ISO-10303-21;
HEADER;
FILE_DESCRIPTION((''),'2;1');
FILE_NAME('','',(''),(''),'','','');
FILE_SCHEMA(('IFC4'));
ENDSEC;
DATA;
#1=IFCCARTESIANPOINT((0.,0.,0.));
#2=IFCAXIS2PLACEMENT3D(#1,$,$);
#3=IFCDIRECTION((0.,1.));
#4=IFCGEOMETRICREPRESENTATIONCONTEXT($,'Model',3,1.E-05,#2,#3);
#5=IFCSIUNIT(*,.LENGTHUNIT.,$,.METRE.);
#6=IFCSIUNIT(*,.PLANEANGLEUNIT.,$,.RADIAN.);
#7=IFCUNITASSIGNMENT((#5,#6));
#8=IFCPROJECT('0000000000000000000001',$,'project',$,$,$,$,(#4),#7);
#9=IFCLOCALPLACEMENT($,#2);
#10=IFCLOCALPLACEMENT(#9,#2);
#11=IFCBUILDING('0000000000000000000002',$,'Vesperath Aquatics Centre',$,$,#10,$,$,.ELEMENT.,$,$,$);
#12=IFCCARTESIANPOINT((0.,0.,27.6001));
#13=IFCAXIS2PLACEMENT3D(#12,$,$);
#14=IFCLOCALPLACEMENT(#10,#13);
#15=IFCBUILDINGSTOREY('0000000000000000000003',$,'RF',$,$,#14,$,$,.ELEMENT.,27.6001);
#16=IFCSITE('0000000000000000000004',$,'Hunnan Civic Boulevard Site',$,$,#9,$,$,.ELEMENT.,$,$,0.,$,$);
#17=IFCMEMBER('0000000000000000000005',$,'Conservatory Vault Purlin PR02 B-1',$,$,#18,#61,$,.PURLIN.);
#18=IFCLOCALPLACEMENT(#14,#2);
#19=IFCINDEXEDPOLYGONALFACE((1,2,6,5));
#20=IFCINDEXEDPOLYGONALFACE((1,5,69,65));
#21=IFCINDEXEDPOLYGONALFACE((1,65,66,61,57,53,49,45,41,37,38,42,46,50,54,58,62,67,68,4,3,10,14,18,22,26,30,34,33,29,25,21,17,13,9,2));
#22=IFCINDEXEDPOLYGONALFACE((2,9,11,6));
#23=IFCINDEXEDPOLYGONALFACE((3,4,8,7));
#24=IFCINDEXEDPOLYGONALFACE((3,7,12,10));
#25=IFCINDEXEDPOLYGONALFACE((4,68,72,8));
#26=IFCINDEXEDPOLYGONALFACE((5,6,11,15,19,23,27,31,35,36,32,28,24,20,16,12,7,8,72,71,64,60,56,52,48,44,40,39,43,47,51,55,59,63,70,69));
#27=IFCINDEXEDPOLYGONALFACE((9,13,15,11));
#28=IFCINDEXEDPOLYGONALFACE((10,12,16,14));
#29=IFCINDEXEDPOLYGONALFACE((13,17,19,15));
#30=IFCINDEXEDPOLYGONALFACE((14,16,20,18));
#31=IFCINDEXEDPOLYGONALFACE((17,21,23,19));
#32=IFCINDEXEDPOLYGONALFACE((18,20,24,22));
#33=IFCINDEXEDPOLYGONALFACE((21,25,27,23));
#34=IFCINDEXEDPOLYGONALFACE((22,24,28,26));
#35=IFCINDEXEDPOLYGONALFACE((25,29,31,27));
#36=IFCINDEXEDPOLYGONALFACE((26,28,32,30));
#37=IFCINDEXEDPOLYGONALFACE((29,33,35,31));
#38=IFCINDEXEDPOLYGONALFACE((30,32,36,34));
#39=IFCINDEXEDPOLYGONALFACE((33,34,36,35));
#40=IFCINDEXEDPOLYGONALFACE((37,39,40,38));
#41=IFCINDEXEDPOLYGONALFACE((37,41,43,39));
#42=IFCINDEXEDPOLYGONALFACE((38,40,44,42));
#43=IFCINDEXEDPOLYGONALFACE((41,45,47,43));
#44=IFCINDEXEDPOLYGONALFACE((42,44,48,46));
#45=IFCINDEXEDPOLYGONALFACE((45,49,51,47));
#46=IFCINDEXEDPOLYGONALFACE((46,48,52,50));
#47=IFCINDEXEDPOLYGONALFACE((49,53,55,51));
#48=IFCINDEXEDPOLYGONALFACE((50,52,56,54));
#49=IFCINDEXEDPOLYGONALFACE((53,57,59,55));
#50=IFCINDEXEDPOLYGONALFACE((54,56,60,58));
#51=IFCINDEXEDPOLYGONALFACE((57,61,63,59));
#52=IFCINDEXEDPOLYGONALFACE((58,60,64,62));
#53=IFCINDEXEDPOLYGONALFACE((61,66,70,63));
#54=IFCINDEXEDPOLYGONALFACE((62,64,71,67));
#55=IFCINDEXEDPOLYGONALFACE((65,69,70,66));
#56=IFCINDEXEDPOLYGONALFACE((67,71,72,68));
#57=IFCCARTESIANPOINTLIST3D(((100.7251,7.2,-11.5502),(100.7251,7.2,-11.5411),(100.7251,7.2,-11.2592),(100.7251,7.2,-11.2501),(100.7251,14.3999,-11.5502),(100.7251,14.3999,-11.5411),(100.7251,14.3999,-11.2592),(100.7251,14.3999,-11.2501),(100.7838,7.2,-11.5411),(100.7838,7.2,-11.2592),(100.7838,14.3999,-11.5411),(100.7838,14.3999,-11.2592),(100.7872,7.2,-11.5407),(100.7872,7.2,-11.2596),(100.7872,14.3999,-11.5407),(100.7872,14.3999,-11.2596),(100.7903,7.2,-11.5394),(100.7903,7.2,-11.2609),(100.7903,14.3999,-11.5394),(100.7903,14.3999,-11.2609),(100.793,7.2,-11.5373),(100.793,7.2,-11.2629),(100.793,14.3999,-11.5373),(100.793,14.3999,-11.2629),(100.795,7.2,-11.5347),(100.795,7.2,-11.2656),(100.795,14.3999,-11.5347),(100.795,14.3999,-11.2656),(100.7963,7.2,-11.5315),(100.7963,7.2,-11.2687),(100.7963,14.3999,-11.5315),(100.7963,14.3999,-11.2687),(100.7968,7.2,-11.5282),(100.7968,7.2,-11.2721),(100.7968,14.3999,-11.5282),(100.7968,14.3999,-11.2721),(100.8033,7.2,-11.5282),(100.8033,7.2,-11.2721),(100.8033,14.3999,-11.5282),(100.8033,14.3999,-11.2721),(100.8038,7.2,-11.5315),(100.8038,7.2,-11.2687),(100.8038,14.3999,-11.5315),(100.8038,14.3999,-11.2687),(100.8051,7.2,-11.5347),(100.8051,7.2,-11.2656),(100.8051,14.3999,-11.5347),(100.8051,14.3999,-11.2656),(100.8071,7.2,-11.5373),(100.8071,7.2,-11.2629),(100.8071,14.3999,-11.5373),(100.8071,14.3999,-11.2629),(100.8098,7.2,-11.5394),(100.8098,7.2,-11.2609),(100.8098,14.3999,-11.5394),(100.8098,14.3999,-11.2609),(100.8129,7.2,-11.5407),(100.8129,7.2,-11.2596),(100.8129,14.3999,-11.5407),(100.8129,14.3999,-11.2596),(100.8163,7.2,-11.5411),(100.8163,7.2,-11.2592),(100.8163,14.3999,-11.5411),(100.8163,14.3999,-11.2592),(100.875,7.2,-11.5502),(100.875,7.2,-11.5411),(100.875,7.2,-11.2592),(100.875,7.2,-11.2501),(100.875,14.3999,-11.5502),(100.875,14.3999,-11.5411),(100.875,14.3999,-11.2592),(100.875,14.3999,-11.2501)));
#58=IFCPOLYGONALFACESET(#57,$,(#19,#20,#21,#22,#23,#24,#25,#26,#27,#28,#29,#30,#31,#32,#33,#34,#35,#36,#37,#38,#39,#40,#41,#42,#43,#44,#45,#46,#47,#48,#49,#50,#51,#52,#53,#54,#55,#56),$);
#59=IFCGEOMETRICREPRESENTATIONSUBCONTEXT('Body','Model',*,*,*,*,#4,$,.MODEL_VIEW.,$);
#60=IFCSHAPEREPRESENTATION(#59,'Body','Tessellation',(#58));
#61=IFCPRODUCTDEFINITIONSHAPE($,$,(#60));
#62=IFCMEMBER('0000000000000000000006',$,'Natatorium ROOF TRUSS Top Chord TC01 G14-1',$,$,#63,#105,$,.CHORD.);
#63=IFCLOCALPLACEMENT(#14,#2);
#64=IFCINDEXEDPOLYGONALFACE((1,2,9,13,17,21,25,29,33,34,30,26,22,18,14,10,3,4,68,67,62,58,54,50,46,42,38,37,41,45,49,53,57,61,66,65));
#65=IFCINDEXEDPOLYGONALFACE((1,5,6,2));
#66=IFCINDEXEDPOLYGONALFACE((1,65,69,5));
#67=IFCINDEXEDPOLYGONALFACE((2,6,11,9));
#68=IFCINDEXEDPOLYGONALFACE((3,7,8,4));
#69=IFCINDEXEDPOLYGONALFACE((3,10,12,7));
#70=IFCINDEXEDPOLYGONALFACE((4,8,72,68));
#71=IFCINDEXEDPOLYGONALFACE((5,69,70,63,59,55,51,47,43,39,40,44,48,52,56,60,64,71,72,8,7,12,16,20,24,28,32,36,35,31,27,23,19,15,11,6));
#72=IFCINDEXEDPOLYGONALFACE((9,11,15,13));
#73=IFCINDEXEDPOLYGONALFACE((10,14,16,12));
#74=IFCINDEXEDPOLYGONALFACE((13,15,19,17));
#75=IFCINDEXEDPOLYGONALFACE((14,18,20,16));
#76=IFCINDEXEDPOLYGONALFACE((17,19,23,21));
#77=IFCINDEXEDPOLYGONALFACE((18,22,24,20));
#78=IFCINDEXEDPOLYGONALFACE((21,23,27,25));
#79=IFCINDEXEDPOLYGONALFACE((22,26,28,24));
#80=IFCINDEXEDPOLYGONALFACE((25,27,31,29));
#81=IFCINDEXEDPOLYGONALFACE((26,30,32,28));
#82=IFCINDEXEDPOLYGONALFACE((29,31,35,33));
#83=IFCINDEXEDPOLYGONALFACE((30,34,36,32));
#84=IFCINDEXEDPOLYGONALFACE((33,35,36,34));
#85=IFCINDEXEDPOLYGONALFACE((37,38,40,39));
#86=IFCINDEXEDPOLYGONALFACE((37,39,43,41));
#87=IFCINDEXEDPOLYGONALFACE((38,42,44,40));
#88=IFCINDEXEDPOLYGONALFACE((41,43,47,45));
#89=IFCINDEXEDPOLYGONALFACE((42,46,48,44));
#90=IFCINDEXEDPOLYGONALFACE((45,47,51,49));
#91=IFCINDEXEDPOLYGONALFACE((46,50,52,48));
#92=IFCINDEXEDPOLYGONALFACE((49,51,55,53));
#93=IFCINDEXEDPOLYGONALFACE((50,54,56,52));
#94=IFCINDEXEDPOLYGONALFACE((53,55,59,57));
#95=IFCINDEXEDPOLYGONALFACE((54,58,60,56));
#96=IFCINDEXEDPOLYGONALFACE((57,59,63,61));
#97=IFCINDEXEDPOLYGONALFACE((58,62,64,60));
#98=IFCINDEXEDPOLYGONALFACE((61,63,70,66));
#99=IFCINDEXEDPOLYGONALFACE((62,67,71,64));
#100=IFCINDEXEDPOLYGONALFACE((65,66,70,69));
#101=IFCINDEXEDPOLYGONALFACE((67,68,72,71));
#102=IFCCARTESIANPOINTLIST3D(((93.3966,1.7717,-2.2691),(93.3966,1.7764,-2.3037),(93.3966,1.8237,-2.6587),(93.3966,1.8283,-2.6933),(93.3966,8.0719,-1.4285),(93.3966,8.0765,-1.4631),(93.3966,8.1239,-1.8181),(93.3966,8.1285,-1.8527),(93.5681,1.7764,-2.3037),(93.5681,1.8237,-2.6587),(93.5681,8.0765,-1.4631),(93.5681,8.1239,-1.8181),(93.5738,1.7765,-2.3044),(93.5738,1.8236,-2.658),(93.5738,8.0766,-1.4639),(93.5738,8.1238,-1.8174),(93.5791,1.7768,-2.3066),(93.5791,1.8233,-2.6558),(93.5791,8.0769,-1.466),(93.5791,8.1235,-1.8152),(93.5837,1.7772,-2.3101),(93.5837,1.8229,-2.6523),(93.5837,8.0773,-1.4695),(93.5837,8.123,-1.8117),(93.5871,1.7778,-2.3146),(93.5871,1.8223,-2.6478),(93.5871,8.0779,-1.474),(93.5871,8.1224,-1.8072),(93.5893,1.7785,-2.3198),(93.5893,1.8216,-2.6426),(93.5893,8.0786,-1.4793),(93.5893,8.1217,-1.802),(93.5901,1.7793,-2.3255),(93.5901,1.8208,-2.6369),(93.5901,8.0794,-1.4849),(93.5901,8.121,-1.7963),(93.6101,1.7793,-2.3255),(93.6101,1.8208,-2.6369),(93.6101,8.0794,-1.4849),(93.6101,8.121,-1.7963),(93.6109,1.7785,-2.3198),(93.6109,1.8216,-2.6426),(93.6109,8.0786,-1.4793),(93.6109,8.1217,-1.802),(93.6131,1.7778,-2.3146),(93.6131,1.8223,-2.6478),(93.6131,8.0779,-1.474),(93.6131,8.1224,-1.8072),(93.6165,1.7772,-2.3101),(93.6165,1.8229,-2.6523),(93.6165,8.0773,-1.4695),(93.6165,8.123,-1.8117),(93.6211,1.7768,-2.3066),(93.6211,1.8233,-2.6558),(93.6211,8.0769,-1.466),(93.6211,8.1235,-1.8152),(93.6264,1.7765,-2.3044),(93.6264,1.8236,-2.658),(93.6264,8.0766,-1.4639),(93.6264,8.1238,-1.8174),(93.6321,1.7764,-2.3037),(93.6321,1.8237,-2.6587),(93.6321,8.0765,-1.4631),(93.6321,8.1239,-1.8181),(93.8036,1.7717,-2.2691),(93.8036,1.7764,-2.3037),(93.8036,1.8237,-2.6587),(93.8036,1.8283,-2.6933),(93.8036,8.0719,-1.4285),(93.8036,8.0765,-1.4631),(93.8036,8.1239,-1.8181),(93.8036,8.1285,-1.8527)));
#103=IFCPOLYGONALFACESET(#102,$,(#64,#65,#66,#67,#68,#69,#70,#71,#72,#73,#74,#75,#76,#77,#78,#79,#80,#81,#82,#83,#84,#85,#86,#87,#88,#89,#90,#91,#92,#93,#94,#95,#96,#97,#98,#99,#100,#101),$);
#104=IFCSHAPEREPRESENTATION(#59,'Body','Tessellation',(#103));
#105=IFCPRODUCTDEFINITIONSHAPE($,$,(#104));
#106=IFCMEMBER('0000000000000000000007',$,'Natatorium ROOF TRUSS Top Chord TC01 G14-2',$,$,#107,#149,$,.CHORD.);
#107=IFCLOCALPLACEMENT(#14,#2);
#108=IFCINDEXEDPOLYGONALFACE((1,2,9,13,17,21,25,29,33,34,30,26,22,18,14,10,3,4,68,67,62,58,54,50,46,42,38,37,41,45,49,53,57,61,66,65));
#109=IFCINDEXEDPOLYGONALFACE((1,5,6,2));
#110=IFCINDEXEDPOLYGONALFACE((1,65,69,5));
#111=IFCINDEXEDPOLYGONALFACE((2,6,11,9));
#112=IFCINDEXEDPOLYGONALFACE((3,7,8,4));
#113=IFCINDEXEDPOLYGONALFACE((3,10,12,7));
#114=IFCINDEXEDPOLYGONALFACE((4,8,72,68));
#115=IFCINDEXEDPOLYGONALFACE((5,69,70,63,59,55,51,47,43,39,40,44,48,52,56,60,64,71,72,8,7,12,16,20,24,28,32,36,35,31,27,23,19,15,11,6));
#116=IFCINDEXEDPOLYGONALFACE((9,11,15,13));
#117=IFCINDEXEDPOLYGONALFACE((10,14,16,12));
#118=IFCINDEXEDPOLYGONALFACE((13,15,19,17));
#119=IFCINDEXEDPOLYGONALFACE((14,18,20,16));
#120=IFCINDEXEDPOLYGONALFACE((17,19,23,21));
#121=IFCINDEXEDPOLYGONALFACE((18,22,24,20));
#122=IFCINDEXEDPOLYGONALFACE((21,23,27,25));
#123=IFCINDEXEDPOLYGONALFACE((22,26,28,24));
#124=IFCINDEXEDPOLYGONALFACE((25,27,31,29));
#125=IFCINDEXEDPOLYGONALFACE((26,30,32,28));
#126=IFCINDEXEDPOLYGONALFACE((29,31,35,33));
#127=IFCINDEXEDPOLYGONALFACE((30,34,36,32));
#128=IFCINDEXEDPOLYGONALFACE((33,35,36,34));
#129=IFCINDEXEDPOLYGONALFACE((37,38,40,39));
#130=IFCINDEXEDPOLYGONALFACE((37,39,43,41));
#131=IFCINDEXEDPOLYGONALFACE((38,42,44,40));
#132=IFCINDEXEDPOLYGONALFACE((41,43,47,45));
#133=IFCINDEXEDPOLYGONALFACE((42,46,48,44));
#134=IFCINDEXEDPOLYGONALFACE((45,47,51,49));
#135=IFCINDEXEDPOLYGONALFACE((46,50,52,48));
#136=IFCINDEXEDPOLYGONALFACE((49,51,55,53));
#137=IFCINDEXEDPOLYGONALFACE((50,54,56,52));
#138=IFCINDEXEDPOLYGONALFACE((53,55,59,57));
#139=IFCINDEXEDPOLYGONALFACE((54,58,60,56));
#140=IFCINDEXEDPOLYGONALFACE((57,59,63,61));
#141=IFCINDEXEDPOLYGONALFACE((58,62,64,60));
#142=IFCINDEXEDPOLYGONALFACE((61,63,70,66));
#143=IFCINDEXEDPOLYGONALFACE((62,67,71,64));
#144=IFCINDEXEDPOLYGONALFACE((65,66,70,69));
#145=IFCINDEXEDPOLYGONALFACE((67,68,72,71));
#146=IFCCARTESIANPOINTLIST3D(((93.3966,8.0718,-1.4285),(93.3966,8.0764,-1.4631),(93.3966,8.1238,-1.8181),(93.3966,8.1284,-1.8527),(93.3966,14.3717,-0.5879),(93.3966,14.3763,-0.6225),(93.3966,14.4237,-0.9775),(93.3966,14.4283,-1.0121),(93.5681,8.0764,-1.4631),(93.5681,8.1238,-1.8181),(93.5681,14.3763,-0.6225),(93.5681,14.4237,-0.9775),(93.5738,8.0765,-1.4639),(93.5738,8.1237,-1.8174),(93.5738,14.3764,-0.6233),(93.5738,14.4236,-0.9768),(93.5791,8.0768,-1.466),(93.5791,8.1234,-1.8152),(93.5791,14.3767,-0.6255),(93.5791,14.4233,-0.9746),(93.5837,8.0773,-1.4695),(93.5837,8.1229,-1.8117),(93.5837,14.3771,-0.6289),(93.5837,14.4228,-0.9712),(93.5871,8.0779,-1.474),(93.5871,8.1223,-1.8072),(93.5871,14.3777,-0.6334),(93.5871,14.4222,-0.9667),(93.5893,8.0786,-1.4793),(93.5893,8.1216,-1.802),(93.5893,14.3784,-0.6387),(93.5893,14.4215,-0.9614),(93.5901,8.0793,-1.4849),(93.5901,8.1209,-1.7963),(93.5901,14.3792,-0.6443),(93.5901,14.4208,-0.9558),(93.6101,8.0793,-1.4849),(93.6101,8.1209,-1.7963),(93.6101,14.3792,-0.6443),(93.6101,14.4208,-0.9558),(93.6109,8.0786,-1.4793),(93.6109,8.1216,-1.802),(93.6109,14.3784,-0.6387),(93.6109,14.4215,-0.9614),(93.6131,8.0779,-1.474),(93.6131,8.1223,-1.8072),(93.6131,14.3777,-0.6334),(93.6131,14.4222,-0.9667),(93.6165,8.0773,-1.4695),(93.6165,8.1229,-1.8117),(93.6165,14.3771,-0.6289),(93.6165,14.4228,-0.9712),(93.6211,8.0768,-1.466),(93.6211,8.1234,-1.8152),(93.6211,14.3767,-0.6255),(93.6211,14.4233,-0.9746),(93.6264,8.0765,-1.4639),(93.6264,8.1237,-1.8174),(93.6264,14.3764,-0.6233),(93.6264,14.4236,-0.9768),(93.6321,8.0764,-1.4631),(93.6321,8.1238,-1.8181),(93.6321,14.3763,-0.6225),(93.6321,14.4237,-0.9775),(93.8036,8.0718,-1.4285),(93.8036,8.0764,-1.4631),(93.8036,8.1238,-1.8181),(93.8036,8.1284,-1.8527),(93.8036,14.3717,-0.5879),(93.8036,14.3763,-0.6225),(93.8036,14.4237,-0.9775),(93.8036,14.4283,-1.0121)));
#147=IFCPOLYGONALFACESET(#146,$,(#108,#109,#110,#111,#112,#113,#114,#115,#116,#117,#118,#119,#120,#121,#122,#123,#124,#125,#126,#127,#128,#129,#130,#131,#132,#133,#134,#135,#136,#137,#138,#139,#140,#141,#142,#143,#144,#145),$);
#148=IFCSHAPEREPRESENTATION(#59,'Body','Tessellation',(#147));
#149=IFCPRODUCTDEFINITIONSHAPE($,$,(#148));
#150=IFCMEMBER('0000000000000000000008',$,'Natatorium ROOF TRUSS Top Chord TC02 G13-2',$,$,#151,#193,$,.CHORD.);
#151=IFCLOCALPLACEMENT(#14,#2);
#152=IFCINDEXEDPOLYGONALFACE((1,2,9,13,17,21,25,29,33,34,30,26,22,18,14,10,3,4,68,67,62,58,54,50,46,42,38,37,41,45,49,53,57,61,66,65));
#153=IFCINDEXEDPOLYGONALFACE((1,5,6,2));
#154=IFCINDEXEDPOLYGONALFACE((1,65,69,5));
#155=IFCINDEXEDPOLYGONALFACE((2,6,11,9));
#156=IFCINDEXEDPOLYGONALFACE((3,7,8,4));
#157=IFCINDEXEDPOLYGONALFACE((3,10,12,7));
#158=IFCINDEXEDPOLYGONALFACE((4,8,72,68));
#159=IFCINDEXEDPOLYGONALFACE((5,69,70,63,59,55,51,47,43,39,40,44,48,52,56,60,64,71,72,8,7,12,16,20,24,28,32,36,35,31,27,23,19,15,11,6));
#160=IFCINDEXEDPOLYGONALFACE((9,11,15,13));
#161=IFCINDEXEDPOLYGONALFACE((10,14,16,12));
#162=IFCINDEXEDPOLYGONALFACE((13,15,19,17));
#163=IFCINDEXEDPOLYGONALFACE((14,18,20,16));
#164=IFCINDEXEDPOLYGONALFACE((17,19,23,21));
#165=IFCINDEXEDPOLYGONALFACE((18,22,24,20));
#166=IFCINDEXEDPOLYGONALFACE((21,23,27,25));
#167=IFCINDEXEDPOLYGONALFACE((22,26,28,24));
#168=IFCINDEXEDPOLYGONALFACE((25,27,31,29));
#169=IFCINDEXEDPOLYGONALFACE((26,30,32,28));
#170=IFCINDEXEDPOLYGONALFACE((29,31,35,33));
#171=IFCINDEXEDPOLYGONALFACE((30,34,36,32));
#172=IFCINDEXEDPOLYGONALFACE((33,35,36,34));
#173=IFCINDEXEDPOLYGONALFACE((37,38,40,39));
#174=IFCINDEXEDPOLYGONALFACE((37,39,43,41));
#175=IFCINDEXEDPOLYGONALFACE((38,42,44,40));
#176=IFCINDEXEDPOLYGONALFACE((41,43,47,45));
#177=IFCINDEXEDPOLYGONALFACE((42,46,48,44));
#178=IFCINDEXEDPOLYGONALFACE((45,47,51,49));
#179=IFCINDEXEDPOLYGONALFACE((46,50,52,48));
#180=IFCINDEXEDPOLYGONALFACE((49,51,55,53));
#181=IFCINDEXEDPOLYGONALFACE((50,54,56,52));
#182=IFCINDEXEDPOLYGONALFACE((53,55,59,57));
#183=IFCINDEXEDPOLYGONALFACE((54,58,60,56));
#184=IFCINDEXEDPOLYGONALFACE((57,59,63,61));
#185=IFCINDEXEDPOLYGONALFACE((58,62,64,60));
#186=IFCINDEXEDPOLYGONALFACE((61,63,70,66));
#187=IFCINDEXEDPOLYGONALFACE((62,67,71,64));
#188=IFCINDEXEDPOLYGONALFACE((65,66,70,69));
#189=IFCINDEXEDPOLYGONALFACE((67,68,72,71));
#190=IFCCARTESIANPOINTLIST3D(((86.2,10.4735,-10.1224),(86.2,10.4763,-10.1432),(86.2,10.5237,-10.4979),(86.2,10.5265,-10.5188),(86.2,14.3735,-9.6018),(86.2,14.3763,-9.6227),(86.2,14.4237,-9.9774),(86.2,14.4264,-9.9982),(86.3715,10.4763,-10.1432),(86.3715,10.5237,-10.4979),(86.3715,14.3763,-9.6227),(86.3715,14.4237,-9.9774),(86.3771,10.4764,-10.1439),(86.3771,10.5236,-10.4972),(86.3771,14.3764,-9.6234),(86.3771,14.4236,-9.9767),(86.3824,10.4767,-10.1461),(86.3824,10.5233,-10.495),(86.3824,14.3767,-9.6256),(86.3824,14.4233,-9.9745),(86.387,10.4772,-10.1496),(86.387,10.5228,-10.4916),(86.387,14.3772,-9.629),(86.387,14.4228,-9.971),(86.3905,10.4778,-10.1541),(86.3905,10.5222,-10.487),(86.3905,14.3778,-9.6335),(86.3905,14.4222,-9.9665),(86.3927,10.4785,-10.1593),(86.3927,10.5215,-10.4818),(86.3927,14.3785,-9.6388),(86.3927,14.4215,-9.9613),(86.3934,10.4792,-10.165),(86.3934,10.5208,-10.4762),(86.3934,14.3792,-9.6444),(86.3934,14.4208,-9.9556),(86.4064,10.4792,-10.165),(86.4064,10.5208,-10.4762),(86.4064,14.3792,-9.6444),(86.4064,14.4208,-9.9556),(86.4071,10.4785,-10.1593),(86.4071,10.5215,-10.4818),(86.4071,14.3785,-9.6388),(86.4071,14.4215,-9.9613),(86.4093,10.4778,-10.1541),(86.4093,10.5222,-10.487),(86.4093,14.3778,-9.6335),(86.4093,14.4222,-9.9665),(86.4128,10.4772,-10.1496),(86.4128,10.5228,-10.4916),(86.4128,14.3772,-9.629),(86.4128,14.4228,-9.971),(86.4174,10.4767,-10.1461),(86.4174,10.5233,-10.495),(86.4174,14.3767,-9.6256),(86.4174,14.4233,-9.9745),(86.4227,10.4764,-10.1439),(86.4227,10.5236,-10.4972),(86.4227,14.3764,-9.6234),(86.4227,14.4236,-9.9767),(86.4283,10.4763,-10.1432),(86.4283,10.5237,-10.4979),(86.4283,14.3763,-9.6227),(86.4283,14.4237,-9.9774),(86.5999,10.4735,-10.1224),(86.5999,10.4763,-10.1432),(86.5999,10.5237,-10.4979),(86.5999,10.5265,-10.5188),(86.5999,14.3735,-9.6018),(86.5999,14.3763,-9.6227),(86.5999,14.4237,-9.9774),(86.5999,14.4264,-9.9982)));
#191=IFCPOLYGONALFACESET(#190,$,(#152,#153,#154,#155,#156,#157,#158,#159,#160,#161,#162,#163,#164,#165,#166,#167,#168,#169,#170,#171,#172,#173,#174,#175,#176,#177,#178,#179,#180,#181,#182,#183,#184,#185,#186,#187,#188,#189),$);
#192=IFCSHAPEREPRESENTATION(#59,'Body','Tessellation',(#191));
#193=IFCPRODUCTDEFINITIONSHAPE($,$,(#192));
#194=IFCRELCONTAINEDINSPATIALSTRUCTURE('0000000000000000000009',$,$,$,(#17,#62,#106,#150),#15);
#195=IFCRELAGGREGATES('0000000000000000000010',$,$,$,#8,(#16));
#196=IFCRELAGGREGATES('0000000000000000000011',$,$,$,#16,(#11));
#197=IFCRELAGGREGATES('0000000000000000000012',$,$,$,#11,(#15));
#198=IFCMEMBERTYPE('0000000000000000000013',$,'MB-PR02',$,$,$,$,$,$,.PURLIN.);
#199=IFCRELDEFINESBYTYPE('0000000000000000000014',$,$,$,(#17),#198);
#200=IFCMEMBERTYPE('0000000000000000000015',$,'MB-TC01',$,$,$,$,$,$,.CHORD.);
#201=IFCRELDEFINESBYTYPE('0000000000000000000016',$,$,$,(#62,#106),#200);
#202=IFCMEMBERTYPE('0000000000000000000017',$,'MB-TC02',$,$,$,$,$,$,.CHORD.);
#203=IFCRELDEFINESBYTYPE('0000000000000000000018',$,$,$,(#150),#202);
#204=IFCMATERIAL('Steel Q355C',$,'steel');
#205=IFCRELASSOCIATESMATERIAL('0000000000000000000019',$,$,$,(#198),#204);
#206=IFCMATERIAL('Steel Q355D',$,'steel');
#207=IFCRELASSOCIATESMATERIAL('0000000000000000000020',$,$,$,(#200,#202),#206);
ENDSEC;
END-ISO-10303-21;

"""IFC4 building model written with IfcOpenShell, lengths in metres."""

from ifc_helpers import new_model, si_unit, direction, frame, origin, origin_2d, place, context, subcontext, project, spatial, i_section, extrude, material, material_profile, profile_set, type_object, element, save


model = new_model("IFC4")

# Units and contexts
model_context = context("Model", 3, precision=1e-05, world=origin(), true_north=direction((0.0, 1.0)))
body_context = subcontext(model_context, "Body", "Model", "MODEL_VIEW")
ifc_project = project(units=[si_unit("LENGTHUNIT", "METRE"), si_unit("PLANEANGLEUNIT", "RADIAN")], contexts=[model_context])

# Site, building, storey
site_placement = place(None, origin())
site = spatial("IfcSite", under=ifc_project, at=site_placement, Name="Hunnan Civic Boulevard Site", CompositionType="ELEMENT", RefElevation=0.0)
building_placement = place(site_placement, origin())
building = spatial("IfcBuilding", under=site, at=building_placement, Name="Vesperath Aquatics Centre", CompositionType="ELEMENT")
storey_placement = place(building_placement, frame((0.0, 0.0, 27.6001)))
storey = spatial("IfcBuildingStorey", under=building, at=storey_placement, Name="RF", CompositionType="ELEMENT", Elevation=27.6001)

# Shared definitions
ifc_material_1 = material(Name="Steel Q355D", Category="steel")

# Members
ifc_material_2 = material(Name="Steel Q355C", Category="steel")
ifc_material_profile_1 = material_profile(ifc_material_2, i_section(OverallWidth=0.1499, OverallDepth=0.3, WebThickness=0.0066, FlangeThickness=0.009, FilletRadius=0.0129, at=origin_2d()), Name="HN 300x150x6.5x9")
ifc_profile_set_1 = profile_set([ifc_material_profile_1], Name="Steel Q355C")
member_type_1 = type_object("IfcMemberType", Name="MB-PR02", PredefinedType="PURLIN", material=ifc_profile_set_1)
member_1_placement = place(storey_placement, frame((100.8, 7.2, -11.4001), z_axis=(0.0, 1.0, 0.0), x_axis=(-1.0, 0.0, 0.0)))
element("IfcMember", 1, at=member_1_placement, inside=storey, type_object=member_type_1, Name="Conservatory Vault Purlin PR02 B-1", PredefinedType="PURLIN", context=body_context, shape_type="SweptSolid", body=[
    extrude(i_section(OverallWidth=0.1499, OverallDepth=0.3, WebThickness=0.0066, FlangeThickness=0.009, FilletRadius=0.0129, at=origin_2d()), origin(), (0.0, 0.0, 1.0), 7.2),
])
ifc_material_profile_2 = material_profile(ifc_material_1, i_section(OverallWidth=0.407, OverallDepth=0.428, WebThickness=0.02, FlangeThickness=0.0349, FilletRadius=0.022, at=origin_2d()), Name="HW 428x407x20x35")
ifc_profile_set_2 = profile_set([ifc_material_profile_2], Name="Steel Q355D")
member_type_2 = type_object("IfcMemberType", Name="MB-TC01", PredefinedType="CHORD", material=ifc_profile_set_2)
member_2_placement = place(storey_placement, frame((93.6001, 1.8, -2.4812), z_axis=(0.0, 0.991216, 0.132252), x_axis=(-1.0, 0.0, 0.0)))
element("IfcMember", 2, at=member_2_placement, inside=storey, type_object=member_type_2, Name="Natatorium ROOF TRUSS Top Chord TC01 G14-1", PredefinedType="CHORD", context=body_context, shape_type="SweptSolid", body=[
    extrude(i_section(OverallWidth=0.407, OverallDepth=0.428, WebThickness=0.02, FlangeThickness=0.0349, FilletRadius=0.022, at=origin_2d()), origin(), (0.0, 0.0, 1.0), 6.356),
])
member_3_placement = place(storey_placement, frame((93.6001, 8.1001, -1.6406), z_axis=(0.0, 0.991215, 0.132257), x_axis=(-1.0, 0.0, 0.0)))
element("IfcMember", 3, at=member_3_placement, inside=storey, type_object=member_type_2, Name="Natatorium ROOF TRUSS Top Chord TC01 G14-2", PredefinedType="CHORD", context=body_context, shape_type="SweptSolid", body=[
    extrude(i_section(OverallWidth=0.407, OverallDepth=0.428, WebThickness=0.02, FlangeThickness=0.0349, FilletRadius=0.022, at=origin_2d()), origin(), (0.0, 0.0, 1.0), 6.3557),
])
ifc_material_profile_3 = material_profile(ifc_material_1, i_section(OverallWidth=0.3999, OverallDepth=0.3999, WebThickness=0.0129, FlangeThickness=0.021, FilletRadius=0.022, at=origin_2d()), Name="HW 400x400x13x21")
ifc_profile_set_3 = profile_set([ifc_material_profile_3], Name="Steel Q355D")
member_type_3 = type_object("IfcMemberType", Name="MB-TC02", PredefinedType="CHORD", material=ifc_profile_set_3)
for number, where, z_axis, x_axis, name in (
    (4, (86.3999, 10.5, -10.3206), (0.0, 0.991211, 0.132294), (-1.0, 0.0, 0.0), "Natatorium ROOF TRUSS Top Chord TC02 G13-2"),
):
    element("IfcMember", number, at=place(storey_placement, frame(where, z_axis=z_axis, x_axis=x_axis)), inside=storey, type_object=member_type_3, Name=name, PredefinedType="CHORD", context=body_context, shape_type="SweptSolid", body=[
        extrude(i_section(OverallWidth=0.3999, OverallDepth=0.3999, WebThickness=0.0129, FlangeThickness=0.021, FilletRadius=0.022, at=origin_2d()), origin(), (0.0, 0.0, 1.0), 3.9346),
    ])

save(model, "model.ifc")
